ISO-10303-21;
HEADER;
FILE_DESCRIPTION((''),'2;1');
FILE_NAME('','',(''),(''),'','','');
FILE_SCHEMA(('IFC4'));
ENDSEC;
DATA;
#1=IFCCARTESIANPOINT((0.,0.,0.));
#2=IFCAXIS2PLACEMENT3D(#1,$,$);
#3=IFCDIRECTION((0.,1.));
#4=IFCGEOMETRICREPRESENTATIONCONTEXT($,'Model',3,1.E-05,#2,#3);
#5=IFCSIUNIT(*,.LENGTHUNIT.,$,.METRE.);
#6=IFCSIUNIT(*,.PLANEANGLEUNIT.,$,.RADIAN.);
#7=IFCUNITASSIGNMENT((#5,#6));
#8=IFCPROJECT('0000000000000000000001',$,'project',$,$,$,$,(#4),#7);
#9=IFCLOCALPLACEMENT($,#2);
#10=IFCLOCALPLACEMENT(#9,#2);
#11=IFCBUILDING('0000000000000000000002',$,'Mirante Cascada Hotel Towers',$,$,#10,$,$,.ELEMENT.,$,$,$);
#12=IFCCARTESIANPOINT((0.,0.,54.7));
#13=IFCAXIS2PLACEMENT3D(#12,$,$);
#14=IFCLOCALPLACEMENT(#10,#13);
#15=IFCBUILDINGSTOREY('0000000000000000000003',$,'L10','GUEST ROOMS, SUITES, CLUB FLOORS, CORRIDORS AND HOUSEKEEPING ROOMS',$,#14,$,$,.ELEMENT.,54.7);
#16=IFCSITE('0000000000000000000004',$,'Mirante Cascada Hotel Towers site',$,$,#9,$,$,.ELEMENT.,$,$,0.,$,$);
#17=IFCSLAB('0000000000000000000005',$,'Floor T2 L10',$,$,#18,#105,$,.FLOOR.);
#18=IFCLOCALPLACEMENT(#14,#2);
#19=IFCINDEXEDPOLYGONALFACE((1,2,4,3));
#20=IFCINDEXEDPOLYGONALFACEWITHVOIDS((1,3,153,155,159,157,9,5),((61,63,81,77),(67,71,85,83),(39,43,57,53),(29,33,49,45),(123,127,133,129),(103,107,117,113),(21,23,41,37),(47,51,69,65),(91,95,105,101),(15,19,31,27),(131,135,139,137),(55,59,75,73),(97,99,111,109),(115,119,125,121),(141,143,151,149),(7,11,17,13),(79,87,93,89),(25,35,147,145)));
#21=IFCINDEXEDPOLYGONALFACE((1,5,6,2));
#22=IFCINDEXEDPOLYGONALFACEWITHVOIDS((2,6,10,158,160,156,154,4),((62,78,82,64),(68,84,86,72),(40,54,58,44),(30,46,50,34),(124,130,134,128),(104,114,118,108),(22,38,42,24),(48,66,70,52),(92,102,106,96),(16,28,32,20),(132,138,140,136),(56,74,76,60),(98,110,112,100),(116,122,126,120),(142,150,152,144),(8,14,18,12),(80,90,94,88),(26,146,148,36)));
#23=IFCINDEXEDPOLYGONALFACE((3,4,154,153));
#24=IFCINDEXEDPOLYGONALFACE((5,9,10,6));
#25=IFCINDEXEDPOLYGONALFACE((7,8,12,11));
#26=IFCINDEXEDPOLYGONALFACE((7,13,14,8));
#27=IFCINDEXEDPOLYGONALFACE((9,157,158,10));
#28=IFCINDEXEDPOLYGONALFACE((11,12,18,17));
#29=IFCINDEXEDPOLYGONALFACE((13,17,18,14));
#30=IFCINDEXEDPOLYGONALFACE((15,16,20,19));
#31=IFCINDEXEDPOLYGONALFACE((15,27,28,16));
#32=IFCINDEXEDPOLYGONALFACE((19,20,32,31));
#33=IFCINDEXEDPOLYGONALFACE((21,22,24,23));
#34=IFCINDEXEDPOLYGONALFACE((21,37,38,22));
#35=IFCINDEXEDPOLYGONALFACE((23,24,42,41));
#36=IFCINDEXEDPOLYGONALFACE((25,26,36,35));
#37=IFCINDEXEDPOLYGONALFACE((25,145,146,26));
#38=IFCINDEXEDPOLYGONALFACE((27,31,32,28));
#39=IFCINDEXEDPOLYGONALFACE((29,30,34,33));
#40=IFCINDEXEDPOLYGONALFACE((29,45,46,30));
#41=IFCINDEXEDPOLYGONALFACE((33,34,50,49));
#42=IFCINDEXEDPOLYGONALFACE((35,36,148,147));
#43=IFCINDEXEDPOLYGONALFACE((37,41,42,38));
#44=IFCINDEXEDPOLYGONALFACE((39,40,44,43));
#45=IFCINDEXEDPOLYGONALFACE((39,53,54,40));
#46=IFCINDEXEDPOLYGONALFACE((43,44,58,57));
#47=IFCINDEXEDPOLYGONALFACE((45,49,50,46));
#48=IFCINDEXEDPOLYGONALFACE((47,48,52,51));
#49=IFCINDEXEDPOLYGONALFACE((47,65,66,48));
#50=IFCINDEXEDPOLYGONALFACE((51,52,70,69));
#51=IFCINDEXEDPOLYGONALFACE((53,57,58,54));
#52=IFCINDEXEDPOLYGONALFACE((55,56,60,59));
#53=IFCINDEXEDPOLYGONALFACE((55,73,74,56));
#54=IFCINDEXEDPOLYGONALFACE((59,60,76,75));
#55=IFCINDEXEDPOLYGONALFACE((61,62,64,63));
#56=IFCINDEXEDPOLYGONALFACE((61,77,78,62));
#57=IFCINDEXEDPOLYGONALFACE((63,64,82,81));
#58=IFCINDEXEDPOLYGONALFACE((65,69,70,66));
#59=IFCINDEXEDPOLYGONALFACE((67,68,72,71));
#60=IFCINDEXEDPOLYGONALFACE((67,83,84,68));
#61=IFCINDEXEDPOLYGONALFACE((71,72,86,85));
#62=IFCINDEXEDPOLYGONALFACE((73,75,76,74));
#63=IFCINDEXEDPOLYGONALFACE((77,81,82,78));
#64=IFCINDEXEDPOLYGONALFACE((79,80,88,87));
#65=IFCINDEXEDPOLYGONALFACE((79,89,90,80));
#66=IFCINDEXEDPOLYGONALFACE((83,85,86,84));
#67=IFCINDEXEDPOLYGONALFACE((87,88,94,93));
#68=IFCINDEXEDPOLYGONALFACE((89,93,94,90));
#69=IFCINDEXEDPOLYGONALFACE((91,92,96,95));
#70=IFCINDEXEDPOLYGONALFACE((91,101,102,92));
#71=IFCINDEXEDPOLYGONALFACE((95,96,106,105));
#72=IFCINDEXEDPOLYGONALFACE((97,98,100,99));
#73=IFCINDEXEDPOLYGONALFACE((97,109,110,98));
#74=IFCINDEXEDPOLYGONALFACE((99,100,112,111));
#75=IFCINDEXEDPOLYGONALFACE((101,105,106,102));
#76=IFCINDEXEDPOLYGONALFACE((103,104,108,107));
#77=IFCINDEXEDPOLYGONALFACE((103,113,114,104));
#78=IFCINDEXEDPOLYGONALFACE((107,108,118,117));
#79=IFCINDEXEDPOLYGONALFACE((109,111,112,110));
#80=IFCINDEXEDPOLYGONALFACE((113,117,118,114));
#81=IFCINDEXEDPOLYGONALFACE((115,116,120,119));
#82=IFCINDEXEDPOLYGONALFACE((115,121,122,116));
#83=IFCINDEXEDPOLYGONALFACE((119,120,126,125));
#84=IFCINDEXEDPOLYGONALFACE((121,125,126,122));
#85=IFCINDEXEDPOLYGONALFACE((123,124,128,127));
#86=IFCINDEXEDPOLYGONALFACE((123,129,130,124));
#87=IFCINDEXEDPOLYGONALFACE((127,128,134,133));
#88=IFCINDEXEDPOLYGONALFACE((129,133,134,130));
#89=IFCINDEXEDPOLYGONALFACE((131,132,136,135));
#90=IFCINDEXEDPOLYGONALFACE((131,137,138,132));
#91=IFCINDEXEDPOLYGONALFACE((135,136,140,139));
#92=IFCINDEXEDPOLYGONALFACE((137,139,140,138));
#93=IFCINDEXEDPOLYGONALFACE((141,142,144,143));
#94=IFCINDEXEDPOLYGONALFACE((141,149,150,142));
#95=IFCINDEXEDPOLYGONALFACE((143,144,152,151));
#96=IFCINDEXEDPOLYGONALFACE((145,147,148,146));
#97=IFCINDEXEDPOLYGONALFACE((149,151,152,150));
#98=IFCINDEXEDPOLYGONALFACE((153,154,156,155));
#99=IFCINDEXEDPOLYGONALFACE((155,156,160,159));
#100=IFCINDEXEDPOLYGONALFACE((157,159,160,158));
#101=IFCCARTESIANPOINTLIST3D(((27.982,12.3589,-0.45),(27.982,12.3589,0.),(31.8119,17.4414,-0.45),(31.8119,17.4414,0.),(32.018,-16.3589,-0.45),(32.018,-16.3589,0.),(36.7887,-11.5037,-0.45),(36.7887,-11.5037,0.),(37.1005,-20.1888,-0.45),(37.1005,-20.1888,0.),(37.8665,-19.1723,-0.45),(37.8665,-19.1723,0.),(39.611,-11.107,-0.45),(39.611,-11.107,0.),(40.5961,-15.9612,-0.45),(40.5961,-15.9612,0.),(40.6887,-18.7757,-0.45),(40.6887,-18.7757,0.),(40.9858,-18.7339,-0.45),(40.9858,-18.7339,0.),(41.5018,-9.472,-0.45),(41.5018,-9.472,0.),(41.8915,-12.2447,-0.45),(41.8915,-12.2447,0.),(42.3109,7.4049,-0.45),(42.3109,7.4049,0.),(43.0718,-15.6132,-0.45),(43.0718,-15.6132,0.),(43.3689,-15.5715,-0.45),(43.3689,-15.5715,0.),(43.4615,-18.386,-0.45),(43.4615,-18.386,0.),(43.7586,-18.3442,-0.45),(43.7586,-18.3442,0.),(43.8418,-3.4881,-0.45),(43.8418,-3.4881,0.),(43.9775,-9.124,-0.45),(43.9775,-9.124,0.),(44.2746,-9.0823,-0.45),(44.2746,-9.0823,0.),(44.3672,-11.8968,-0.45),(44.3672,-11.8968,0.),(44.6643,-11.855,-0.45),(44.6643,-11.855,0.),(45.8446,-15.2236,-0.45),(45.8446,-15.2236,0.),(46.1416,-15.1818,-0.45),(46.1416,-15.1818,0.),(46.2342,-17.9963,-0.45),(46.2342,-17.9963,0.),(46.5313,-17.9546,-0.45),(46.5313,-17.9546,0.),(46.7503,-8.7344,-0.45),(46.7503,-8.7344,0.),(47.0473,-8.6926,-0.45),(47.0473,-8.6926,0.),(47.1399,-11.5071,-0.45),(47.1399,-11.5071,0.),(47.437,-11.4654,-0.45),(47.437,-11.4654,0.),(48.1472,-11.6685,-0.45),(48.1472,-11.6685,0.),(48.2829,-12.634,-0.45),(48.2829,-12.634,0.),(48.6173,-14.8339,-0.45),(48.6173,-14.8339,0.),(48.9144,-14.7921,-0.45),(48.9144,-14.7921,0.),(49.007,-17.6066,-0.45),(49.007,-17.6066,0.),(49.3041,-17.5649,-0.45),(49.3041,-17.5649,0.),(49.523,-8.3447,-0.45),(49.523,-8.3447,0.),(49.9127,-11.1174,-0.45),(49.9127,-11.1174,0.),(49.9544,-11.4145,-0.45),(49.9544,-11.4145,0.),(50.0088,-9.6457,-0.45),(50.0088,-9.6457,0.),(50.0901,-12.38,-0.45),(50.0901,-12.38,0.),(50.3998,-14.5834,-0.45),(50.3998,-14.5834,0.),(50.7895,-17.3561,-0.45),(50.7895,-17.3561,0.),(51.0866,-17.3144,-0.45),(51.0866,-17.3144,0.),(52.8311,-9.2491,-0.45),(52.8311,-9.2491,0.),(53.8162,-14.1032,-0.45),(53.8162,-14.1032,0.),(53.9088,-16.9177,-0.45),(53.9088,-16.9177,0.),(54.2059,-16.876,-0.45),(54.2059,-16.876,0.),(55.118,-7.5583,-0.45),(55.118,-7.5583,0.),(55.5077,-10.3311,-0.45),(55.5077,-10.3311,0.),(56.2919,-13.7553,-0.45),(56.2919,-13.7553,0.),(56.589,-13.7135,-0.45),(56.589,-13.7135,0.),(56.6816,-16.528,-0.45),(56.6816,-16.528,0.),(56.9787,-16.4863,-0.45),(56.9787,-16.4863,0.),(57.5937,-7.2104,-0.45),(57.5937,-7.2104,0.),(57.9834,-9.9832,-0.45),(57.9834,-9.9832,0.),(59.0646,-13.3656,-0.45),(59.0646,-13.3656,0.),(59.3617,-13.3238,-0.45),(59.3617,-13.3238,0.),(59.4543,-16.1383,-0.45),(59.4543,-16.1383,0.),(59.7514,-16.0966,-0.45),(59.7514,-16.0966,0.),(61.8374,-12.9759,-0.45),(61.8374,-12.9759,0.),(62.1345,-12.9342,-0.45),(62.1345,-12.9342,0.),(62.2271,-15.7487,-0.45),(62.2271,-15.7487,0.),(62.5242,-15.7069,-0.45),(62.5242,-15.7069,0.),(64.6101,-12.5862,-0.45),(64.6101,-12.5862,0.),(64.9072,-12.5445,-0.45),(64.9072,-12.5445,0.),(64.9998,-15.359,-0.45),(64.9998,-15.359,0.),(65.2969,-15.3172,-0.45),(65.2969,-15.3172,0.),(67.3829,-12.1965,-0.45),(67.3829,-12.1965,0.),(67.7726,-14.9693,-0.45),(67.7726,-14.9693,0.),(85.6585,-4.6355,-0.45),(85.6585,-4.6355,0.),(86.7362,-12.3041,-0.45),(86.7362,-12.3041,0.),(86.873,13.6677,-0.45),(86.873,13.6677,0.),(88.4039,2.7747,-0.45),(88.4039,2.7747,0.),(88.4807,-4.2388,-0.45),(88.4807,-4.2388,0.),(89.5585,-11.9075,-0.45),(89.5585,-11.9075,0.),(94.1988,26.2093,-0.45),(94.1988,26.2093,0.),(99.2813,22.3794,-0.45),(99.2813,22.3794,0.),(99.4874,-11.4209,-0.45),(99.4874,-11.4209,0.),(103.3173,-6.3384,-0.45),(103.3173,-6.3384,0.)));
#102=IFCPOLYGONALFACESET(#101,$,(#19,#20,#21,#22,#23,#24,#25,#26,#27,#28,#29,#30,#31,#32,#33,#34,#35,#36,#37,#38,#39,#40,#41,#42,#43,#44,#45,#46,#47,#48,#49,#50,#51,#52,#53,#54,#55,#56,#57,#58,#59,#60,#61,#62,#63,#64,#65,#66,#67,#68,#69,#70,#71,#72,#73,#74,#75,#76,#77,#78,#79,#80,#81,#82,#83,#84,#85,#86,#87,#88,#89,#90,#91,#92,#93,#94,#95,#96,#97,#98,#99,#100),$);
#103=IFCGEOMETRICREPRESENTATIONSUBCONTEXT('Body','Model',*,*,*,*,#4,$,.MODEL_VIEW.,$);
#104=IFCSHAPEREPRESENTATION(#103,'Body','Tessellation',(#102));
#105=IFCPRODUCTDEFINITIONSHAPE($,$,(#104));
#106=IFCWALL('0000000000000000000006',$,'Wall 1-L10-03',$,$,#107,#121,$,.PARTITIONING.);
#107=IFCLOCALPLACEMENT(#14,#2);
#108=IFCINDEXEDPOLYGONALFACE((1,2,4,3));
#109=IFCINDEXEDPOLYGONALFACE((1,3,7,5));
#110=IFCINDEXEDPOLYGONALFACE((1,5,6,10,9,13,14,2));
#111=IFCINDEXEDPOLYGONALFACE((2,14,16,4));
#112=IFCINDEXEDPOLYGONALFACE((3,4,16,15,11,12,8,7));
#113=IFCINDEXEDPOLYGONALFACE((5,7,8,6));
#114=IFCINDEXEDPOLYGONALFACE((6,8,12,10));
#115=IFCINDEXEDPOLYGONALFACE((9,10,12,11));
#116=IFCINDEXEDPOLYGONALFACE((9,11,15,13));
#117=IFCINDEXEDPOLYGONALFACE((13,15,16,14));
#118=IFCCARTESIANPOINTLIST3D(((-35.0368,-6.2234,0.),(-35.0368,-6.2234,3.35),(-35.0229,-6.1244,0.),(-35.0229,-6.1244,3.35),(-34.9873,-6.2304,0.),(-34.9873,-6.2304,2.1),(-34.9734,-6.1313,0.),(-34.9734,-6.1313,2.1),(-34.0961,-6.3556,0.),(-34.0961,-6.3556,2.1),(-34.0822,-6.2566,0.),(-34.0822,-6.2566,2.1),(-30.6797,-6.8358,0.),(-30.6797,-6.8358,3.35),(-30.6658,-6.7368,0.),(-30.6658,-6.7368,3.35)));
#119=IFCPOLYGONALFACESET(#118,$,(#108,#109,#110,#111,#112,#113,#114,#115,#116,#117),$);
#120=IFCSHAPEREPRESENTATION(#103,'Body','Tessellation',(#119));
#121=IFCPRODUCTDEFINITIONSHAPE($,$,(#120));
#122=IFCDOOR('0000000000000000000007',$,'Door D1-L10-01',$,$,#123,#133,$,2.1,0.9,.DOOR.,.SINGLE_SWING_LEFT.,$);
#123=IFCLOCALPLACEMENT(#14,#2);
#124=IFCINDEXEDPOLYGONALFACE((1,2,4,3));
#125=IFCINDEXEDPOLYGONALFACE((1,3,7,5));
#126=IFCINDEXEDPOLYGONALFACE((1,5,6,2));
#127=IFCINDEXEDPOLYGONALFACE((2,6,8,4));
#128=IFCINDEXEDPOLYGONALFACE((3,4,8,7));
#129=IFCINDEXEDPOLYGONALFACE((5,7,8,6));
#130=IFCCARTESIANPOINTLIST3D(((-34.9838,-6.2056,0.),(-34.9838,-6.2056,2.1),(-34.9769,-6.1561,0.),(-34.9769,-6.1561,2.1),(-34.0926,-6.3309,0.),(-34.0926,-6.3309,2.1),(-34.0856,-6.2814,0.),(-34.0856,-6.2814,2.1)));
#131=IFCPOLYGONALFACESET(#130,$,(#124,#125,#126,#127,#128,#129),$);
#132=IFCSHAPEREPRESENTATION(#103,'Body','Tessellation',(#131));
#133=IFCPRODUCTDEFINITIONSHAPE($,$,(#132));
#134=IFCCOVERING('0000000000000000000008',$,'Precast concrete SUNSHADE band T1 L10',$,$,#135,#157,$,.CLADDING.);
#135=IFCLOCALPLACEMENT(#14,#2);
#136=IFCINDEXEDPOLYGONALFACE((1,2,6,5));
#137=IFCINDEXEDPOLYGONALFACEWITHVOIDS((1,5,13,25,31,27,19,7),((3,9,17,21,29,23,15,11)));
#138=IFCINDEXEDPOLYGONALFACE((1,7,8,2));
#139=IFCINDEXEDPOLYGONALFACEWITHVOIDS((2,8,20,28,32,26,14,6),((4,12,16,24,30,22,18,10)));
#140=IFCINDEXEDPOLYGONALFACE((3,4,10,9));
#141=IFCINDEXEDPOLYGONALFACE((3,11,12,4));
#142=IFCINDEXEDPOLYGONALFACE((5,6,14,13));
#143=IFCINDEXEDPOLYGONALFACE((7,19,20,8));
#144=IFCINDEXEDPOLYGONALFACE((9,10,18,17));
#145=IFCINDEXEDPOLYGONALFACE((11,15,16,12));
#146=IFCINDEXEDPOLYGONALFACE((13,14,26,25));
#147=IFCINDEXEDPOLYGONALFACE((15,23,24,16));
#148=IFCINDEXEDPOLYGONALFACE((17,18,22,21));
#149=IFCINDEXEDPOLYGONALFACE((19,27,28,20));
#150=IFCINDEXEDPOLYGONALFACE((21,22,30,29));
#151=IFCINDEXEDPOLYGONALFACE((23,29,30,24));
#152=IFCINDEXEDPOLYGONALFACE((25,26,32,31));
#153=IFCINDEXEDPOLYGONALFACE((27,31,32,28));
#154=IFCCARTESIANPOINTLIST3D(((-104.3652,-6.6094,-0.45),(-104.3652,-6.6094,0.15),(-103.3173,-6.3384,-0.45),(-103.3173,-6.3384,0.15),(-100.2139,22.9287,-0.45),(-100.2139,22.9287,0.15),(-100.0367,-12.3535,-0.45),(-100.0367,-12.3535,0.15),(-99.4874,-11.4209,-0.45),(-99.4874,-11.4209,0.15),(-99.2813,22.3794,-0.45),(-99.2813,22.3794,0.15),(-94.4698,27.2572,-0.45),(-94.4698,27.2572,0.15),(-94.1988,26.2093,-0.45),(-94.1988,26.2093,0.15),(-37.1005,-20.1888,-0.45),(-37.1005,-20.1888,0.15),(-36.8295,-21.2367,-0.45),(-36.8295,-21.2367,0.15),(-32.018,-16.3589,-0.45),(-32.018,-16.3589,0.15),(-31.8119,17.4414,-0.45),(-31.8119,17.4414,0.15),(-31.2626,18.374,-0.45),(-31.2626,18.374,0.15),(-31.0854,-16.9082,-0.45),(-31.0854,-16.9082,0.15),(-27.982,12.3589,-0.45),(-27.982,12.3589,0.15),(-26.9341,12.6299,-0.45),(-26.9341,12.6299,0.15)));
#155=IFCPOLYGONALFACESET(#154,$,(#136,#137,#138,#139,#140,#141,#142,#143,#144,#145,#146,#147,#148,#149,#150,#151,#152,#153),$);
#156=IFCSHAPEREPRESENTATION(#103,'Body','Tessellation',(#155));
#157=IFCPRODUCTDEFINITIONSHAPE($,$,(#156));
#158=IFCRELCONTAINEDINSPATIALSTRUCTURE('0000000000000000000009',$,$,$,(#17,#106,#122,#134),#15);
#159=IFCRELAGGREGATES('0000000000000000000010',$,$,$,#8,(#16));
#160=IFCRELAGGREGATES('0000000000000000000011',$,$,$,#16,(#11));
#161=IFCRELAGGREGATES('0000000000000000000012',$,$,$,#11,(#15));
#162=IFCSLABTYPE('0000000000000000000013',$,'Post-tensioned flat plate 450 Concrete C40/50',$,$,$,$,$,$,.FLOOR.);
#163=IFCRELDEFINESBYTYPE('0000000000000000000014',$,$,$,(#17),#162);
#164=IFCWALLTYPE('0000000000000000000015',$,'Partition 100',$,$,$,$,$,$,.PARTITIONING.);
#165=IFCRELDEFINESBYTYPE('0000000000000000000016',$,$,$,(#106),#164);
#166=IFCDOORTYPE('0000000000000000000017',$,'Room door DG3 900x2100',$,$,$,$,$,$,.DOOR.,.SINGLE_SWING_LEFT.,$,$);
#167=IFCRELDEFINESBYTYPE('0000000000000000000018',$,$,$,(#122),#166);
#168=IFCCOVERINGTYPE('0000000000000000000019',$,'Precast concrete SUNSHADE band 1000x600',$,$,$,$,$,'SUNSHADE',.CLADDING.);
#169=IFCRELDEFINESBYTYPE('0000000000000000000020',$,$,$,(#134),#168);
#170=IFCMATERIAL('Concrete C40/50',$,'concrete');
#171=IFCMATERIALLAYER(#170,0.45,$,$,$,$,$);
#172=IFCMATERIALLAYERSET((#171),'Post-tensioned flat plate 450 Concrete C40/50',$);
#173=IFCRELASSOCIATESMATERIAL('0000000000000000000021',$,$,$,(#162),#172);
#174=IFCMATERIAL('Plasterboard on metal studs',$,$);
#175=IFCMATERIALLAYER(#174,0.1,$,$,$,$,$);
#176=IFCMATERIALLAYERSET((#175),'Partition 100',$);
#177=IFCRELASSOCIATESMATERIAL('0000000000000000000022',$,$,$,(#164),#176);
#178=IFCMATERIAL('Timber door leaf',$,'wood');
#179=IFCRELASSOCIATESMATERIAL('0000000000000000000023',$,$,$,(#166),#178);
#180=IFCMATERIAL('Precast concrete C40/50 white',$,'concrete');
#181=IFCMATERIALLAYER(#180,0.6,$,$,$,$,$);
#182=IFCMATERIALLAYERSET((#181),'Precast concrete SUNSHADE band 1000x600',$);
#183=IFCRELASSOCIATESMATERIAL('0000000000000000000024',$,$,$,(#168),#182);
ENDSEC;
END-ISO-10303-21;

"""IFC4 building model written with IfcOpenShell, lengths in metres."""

from ifc_helpers import new_model, si_unit, direction, frame, frame_2d, origin, place, context, subcontext, project, spatial, polyline, rectangle, outline, extrude, material, layer, layer_set, type_object, element, fill, save


model = new_model("IFC4")

# Units and contexts
model_context = context("Model", 3, precision=1e-05, world=origin(), true_north=direction((0.0, 1.0)))
body_context = subcontext(model_context, "Body", "Model", "MODEL_VIEW")
ifc_project = project(units=[si_unit("LENGTHUNIT", "METRE"), si_unit("PLANEANGLEUNIT", "RADIAN")], contexts=[model_context])

# Site, building, storey
site_placement = place(None, origin())
site = spatial("IfcSite", under=ifc_project, at=site_placement, Name="Mirante Cascada Hotel Towers site", CompositionType="ELEMENT", RefElevation=0.0)
building_placement = place(site_placement, origin())
building = spatial("IfcBuilding", under=site, at=building_placement, Name="Mirante Cascada Hotel Towers", CompositionType="ELEMENT")
storey_placement = place(building_placement, frame((0.0, 0.0, 54.7)))
storey = spatial("IfcBuildingStorey", under=building, at=storey_placement, Name="L10", Description="GUEST ROOMS, SUITES, CLUB FLOORS, CORRIDORS AND HOUSEKEEPING ROOMS", CompositionType="ELEMENT", Elevation=54.7)

# Slab
ifc_material_1 = material(Name="Concrete C40/50", Category="concrete")
ifc_layer_1 = layer(ifc_material_1, 0.45)
ifc_layer_set_1 = layer_set([ifc_layer_1], Name="Post-tensioned flat plate 450 Concrete C40/50")
slab_type = type_object("IfcSlabType", Name="Post-tensioned flat plate 450 Concrete C40/50", PredefinedType="FLOOR", material=ifc_layer_set_1)
slab_1_placement = place(storey_placement, frame((0.0, 0.0, -0.45)))
element("IfcSlab", 1, at=slab_1_placement, inside=storey, type_object=slab_type, Name="Floor T2 L10", PredefinedType="FLOOR", context=body_context, shape_type="SweptSolid", body=[
    extrude(outline(polyline([(32.018, -16.3589), (27.982, 12.3589), (31.8119, 17.4414), (94.1988, 26.2093), (99.2813, 22.3794), (103.3173, -6.3384), (99.4874, -11.4209), (37.1005, -20.1888), (32.018, -16.3589)]), holes=[polyline([(43.0718, -15.6132), (40.5961, -15.9612), (40.9858, -18.7339), (43.4615, -18.386), (43.0718, -15.6132)]), polyline([(45.8446, -15.2236), (43.3689, -15.5715), (43.7586, -18.3442), (46.2342, -17.9963), (45.8446, -15.2236)]), polyline([(48.6173, -14.8339), (46.1416, -15.1818), (46.5313, -17.9546), (49.007, -17.6066), (48.6173, -14.8339)]), polyline([(50.3998, -14.5834), (48.9144, -14.7921), (49.3041, -17.5649), (50.7895, -17.3561), (50.3998, -14.5834)]), polyline([(37.8665, -19.1723), (40.6887, -18.7757), (39.611, -11.107), (36.7887, -11.5037), (37.8665, -19.1723)]), polyline([(49.9544, -11.4145), (48.1472, -11.6685), (48.2829, -12.634), (50.0901, -12.38), (49.9544, -11.4145)]), polyline([(43.9775, -9.124), (41.5018, -9.472), (41.8915, -12.2447), (44.3672, -11.8968), (43.9775, -9.124)]), polyline([(47.1399, -11.5071), (46.7503, -8.7344), (44.2746, -9.0823), (44.6643, -11.855), (47.1399, -11.5071)]), polyline([(49.9127, -11.1174), (49.523, -8.3447), (47.0473, -8.6926), (47.437, -11.4654), (49.9127, -11.1174)]), polyline([(56.2919, -13.7553), (53.8162, -14.1032), (54.2059, -16.876), (56.6816, -16.528), (56.2919, -13.7553)]), polyline([(59.0646, -13.3656), (56.589, -13.7135), (56.9787, -16.4863), (59.4543, -16.1383), (59.0646, -13.3656)]), polyline([(61.8374, -12.9759), (59.3617, -13.3238), (59.7514, -16.0966), (62.2271, -15.7487), (61.8374, -12.9759)]), polyline([(64.6101, -12.5862), (62.1345, -12.9342), (62.5242, -15.7069), (64.9998, -15.359), (64.6101, -12.5862)]), polyline([(67.3829, -12.1965), (64.9072, -12.5445), (65.2969, -15.3172), (67.7726, -14.9693), (67.3829, -12.1965)]), polyline([(51.0866, -17.3144), (53.9088, -16.9177), (52.8311, -9.2491), (50.0088, -9.6457), (51.0866, -17.3144)]), polyline([(86.7362, -12.3041), (89.5585, -11.9075), (88.4807, -4.2388), (85.6585, -4.6355), (86.7362, -12.3041)]), polyline([(57.9834, -9.9832), (57.5937, -7.2104), (55.118, -7.5583), (55.5077, -10.3311), (57.9834, -9.9832)]), polyline([(88.4039, 2.7747), (86.873, 13.6677), (42.3109, 7.4049), (43.8418, -3.4881), (88.4039, 2.7747)])]), origin(), (0.0, 0.0, 1.0), 0.45),
])

# Wall, opening, door
ifc_material_2 = material(Name="Plasterboard on metal studs")
ifc_layer_2 = layer(ifc_material_2, 0.1)
ifc_layer_set_2 = layer_set([ifc_layer_2], Name="Partition 100")
wall_type = type_object("IfcWallType", Name="Partition 100", PredefinedType="PARTITIONING", material=ifc_layer_set_2)
wall_placement = place(storey_placement, frame((-30.6727, -6.7863, 0.0), z_axis=(0.0, 0.0, 1.0), x_axis=(-0.990267, 0.139184, 0.0)))
wall = element("IfcWall", 2, at=wall_placement, inside=storey, type_object=wall_type, Name="Wall 1-L10-03", PredefinedType="PARTITIONING", context=body_context, shape_type="SweptSolid", body=[
    extrude(rectangle(XDim=4.3999, YDim=0.1, at=frame_2d((2.2, 0.0))), origin(), (0.0, 0.0, 1.0), 3.35),
])
opening_placement = place(wall_placement, frame((3.45, 0.0, 0.0)))
opening = element("IfcOpeningElement", 3, at=opening_placement, cuts=wall, PredefinedType="OPENING", context=body_context, shape_type="SweptSolid", body=[
    extrude(rectangle(XDim=0.9, YDim=2.1, at=frame_2d((0.45, 1.05))), frame((0.0, 0.05, 0.0), z_axis=(0.0, -1.0, 0.0), x_axis=(1.0, 0.0, 0.0)), (0.0, 0.0, 1.0), 0.1),
])
ifc_material_3 = material(Name="Timber door leaf", Category="wood")
door_type = type_object("IfcDoorType", Name="Room door DG3 900x2100", OperationType="SINGLE_SWING_LEFT", PredefinedType="DOOR", material=ifc_material_3)
door_placement = place(opening_placement, origin())
door = element("IfcDoor", 4, at=door_placement, inside=storey, type_object=door_type, Name="Door D1-L10-01", OperationType="SINGLE_SWING_LEFT", OverallHeight=2.1, OverallWidth=0.9, PredefinedType="DOOR", context=body_context, shape_type="SweptSolid", body=[
    extrude(rectangle(XDim=0.9, YDim=2.1, at=frame_2d((0.45, 1.05))), frame((0.0, 0.025, 0.0), z_axis=(0.0, -1.0, 0.0), x_axis=(1.0, 0.0, 0.0)), (0.0, 0.0, 1.0), 0.05),
])
fill(opening, door)

# Covering
ifc_material_4 = material(Name="Precast concrete C40/50 white", Category="concrete")
ifc_layer_3 = layer(ifc_material_4, 0.6)
ifc_layer_set_3 = layer_set([ifc_layer_3], Name="Precast concrete SUNSHADE band 1000x600")
covering_type = type_object("IfcCoveringType", Name="Precast concrete SUNSHADE band 1000x600", ElementType="SUNSHADE", PredefinedType="CLADDING", material=ifc_layer_set_3)
covering_placement = place(storey_placement, frame((0.0, 0.0, -0.45)))
element("IfcCovering", 5, at=covering_placement, inside=storey, type_object=covering_type, Name="Precast concrete SUNSHADE band T1 L10", PredefinedType="CLADDING", context=body_context, shape_type="SweptSolid", body=[
    extrude(outline(polyline([(-104.3652, -6.6094), (-100.2139, 22.9287), (-94.4698, 27.2572), (-31.2626, 18.374), (-26.9341, 12.6299), (-31.0854, -16.9082), (-36.8295, -21.2367), (-100.0367, -12.3535), (-104.3652, -6.6094)]), holes=[polyline([(-27.982, 12.3589), (-31.8119, 17.4414), (-94.1988, 26.2093), (-99.2813, 22.3794), (-103.3173, -6.3384), (-99.4874, -11.4209), (-37.1005, -20.1888), (-32.018, -16.3589), (-27.982, 12.3589)])]), origin(), (0.0, 0.0, 1.0), 0.6),
])

save(model, "model.ifc")
